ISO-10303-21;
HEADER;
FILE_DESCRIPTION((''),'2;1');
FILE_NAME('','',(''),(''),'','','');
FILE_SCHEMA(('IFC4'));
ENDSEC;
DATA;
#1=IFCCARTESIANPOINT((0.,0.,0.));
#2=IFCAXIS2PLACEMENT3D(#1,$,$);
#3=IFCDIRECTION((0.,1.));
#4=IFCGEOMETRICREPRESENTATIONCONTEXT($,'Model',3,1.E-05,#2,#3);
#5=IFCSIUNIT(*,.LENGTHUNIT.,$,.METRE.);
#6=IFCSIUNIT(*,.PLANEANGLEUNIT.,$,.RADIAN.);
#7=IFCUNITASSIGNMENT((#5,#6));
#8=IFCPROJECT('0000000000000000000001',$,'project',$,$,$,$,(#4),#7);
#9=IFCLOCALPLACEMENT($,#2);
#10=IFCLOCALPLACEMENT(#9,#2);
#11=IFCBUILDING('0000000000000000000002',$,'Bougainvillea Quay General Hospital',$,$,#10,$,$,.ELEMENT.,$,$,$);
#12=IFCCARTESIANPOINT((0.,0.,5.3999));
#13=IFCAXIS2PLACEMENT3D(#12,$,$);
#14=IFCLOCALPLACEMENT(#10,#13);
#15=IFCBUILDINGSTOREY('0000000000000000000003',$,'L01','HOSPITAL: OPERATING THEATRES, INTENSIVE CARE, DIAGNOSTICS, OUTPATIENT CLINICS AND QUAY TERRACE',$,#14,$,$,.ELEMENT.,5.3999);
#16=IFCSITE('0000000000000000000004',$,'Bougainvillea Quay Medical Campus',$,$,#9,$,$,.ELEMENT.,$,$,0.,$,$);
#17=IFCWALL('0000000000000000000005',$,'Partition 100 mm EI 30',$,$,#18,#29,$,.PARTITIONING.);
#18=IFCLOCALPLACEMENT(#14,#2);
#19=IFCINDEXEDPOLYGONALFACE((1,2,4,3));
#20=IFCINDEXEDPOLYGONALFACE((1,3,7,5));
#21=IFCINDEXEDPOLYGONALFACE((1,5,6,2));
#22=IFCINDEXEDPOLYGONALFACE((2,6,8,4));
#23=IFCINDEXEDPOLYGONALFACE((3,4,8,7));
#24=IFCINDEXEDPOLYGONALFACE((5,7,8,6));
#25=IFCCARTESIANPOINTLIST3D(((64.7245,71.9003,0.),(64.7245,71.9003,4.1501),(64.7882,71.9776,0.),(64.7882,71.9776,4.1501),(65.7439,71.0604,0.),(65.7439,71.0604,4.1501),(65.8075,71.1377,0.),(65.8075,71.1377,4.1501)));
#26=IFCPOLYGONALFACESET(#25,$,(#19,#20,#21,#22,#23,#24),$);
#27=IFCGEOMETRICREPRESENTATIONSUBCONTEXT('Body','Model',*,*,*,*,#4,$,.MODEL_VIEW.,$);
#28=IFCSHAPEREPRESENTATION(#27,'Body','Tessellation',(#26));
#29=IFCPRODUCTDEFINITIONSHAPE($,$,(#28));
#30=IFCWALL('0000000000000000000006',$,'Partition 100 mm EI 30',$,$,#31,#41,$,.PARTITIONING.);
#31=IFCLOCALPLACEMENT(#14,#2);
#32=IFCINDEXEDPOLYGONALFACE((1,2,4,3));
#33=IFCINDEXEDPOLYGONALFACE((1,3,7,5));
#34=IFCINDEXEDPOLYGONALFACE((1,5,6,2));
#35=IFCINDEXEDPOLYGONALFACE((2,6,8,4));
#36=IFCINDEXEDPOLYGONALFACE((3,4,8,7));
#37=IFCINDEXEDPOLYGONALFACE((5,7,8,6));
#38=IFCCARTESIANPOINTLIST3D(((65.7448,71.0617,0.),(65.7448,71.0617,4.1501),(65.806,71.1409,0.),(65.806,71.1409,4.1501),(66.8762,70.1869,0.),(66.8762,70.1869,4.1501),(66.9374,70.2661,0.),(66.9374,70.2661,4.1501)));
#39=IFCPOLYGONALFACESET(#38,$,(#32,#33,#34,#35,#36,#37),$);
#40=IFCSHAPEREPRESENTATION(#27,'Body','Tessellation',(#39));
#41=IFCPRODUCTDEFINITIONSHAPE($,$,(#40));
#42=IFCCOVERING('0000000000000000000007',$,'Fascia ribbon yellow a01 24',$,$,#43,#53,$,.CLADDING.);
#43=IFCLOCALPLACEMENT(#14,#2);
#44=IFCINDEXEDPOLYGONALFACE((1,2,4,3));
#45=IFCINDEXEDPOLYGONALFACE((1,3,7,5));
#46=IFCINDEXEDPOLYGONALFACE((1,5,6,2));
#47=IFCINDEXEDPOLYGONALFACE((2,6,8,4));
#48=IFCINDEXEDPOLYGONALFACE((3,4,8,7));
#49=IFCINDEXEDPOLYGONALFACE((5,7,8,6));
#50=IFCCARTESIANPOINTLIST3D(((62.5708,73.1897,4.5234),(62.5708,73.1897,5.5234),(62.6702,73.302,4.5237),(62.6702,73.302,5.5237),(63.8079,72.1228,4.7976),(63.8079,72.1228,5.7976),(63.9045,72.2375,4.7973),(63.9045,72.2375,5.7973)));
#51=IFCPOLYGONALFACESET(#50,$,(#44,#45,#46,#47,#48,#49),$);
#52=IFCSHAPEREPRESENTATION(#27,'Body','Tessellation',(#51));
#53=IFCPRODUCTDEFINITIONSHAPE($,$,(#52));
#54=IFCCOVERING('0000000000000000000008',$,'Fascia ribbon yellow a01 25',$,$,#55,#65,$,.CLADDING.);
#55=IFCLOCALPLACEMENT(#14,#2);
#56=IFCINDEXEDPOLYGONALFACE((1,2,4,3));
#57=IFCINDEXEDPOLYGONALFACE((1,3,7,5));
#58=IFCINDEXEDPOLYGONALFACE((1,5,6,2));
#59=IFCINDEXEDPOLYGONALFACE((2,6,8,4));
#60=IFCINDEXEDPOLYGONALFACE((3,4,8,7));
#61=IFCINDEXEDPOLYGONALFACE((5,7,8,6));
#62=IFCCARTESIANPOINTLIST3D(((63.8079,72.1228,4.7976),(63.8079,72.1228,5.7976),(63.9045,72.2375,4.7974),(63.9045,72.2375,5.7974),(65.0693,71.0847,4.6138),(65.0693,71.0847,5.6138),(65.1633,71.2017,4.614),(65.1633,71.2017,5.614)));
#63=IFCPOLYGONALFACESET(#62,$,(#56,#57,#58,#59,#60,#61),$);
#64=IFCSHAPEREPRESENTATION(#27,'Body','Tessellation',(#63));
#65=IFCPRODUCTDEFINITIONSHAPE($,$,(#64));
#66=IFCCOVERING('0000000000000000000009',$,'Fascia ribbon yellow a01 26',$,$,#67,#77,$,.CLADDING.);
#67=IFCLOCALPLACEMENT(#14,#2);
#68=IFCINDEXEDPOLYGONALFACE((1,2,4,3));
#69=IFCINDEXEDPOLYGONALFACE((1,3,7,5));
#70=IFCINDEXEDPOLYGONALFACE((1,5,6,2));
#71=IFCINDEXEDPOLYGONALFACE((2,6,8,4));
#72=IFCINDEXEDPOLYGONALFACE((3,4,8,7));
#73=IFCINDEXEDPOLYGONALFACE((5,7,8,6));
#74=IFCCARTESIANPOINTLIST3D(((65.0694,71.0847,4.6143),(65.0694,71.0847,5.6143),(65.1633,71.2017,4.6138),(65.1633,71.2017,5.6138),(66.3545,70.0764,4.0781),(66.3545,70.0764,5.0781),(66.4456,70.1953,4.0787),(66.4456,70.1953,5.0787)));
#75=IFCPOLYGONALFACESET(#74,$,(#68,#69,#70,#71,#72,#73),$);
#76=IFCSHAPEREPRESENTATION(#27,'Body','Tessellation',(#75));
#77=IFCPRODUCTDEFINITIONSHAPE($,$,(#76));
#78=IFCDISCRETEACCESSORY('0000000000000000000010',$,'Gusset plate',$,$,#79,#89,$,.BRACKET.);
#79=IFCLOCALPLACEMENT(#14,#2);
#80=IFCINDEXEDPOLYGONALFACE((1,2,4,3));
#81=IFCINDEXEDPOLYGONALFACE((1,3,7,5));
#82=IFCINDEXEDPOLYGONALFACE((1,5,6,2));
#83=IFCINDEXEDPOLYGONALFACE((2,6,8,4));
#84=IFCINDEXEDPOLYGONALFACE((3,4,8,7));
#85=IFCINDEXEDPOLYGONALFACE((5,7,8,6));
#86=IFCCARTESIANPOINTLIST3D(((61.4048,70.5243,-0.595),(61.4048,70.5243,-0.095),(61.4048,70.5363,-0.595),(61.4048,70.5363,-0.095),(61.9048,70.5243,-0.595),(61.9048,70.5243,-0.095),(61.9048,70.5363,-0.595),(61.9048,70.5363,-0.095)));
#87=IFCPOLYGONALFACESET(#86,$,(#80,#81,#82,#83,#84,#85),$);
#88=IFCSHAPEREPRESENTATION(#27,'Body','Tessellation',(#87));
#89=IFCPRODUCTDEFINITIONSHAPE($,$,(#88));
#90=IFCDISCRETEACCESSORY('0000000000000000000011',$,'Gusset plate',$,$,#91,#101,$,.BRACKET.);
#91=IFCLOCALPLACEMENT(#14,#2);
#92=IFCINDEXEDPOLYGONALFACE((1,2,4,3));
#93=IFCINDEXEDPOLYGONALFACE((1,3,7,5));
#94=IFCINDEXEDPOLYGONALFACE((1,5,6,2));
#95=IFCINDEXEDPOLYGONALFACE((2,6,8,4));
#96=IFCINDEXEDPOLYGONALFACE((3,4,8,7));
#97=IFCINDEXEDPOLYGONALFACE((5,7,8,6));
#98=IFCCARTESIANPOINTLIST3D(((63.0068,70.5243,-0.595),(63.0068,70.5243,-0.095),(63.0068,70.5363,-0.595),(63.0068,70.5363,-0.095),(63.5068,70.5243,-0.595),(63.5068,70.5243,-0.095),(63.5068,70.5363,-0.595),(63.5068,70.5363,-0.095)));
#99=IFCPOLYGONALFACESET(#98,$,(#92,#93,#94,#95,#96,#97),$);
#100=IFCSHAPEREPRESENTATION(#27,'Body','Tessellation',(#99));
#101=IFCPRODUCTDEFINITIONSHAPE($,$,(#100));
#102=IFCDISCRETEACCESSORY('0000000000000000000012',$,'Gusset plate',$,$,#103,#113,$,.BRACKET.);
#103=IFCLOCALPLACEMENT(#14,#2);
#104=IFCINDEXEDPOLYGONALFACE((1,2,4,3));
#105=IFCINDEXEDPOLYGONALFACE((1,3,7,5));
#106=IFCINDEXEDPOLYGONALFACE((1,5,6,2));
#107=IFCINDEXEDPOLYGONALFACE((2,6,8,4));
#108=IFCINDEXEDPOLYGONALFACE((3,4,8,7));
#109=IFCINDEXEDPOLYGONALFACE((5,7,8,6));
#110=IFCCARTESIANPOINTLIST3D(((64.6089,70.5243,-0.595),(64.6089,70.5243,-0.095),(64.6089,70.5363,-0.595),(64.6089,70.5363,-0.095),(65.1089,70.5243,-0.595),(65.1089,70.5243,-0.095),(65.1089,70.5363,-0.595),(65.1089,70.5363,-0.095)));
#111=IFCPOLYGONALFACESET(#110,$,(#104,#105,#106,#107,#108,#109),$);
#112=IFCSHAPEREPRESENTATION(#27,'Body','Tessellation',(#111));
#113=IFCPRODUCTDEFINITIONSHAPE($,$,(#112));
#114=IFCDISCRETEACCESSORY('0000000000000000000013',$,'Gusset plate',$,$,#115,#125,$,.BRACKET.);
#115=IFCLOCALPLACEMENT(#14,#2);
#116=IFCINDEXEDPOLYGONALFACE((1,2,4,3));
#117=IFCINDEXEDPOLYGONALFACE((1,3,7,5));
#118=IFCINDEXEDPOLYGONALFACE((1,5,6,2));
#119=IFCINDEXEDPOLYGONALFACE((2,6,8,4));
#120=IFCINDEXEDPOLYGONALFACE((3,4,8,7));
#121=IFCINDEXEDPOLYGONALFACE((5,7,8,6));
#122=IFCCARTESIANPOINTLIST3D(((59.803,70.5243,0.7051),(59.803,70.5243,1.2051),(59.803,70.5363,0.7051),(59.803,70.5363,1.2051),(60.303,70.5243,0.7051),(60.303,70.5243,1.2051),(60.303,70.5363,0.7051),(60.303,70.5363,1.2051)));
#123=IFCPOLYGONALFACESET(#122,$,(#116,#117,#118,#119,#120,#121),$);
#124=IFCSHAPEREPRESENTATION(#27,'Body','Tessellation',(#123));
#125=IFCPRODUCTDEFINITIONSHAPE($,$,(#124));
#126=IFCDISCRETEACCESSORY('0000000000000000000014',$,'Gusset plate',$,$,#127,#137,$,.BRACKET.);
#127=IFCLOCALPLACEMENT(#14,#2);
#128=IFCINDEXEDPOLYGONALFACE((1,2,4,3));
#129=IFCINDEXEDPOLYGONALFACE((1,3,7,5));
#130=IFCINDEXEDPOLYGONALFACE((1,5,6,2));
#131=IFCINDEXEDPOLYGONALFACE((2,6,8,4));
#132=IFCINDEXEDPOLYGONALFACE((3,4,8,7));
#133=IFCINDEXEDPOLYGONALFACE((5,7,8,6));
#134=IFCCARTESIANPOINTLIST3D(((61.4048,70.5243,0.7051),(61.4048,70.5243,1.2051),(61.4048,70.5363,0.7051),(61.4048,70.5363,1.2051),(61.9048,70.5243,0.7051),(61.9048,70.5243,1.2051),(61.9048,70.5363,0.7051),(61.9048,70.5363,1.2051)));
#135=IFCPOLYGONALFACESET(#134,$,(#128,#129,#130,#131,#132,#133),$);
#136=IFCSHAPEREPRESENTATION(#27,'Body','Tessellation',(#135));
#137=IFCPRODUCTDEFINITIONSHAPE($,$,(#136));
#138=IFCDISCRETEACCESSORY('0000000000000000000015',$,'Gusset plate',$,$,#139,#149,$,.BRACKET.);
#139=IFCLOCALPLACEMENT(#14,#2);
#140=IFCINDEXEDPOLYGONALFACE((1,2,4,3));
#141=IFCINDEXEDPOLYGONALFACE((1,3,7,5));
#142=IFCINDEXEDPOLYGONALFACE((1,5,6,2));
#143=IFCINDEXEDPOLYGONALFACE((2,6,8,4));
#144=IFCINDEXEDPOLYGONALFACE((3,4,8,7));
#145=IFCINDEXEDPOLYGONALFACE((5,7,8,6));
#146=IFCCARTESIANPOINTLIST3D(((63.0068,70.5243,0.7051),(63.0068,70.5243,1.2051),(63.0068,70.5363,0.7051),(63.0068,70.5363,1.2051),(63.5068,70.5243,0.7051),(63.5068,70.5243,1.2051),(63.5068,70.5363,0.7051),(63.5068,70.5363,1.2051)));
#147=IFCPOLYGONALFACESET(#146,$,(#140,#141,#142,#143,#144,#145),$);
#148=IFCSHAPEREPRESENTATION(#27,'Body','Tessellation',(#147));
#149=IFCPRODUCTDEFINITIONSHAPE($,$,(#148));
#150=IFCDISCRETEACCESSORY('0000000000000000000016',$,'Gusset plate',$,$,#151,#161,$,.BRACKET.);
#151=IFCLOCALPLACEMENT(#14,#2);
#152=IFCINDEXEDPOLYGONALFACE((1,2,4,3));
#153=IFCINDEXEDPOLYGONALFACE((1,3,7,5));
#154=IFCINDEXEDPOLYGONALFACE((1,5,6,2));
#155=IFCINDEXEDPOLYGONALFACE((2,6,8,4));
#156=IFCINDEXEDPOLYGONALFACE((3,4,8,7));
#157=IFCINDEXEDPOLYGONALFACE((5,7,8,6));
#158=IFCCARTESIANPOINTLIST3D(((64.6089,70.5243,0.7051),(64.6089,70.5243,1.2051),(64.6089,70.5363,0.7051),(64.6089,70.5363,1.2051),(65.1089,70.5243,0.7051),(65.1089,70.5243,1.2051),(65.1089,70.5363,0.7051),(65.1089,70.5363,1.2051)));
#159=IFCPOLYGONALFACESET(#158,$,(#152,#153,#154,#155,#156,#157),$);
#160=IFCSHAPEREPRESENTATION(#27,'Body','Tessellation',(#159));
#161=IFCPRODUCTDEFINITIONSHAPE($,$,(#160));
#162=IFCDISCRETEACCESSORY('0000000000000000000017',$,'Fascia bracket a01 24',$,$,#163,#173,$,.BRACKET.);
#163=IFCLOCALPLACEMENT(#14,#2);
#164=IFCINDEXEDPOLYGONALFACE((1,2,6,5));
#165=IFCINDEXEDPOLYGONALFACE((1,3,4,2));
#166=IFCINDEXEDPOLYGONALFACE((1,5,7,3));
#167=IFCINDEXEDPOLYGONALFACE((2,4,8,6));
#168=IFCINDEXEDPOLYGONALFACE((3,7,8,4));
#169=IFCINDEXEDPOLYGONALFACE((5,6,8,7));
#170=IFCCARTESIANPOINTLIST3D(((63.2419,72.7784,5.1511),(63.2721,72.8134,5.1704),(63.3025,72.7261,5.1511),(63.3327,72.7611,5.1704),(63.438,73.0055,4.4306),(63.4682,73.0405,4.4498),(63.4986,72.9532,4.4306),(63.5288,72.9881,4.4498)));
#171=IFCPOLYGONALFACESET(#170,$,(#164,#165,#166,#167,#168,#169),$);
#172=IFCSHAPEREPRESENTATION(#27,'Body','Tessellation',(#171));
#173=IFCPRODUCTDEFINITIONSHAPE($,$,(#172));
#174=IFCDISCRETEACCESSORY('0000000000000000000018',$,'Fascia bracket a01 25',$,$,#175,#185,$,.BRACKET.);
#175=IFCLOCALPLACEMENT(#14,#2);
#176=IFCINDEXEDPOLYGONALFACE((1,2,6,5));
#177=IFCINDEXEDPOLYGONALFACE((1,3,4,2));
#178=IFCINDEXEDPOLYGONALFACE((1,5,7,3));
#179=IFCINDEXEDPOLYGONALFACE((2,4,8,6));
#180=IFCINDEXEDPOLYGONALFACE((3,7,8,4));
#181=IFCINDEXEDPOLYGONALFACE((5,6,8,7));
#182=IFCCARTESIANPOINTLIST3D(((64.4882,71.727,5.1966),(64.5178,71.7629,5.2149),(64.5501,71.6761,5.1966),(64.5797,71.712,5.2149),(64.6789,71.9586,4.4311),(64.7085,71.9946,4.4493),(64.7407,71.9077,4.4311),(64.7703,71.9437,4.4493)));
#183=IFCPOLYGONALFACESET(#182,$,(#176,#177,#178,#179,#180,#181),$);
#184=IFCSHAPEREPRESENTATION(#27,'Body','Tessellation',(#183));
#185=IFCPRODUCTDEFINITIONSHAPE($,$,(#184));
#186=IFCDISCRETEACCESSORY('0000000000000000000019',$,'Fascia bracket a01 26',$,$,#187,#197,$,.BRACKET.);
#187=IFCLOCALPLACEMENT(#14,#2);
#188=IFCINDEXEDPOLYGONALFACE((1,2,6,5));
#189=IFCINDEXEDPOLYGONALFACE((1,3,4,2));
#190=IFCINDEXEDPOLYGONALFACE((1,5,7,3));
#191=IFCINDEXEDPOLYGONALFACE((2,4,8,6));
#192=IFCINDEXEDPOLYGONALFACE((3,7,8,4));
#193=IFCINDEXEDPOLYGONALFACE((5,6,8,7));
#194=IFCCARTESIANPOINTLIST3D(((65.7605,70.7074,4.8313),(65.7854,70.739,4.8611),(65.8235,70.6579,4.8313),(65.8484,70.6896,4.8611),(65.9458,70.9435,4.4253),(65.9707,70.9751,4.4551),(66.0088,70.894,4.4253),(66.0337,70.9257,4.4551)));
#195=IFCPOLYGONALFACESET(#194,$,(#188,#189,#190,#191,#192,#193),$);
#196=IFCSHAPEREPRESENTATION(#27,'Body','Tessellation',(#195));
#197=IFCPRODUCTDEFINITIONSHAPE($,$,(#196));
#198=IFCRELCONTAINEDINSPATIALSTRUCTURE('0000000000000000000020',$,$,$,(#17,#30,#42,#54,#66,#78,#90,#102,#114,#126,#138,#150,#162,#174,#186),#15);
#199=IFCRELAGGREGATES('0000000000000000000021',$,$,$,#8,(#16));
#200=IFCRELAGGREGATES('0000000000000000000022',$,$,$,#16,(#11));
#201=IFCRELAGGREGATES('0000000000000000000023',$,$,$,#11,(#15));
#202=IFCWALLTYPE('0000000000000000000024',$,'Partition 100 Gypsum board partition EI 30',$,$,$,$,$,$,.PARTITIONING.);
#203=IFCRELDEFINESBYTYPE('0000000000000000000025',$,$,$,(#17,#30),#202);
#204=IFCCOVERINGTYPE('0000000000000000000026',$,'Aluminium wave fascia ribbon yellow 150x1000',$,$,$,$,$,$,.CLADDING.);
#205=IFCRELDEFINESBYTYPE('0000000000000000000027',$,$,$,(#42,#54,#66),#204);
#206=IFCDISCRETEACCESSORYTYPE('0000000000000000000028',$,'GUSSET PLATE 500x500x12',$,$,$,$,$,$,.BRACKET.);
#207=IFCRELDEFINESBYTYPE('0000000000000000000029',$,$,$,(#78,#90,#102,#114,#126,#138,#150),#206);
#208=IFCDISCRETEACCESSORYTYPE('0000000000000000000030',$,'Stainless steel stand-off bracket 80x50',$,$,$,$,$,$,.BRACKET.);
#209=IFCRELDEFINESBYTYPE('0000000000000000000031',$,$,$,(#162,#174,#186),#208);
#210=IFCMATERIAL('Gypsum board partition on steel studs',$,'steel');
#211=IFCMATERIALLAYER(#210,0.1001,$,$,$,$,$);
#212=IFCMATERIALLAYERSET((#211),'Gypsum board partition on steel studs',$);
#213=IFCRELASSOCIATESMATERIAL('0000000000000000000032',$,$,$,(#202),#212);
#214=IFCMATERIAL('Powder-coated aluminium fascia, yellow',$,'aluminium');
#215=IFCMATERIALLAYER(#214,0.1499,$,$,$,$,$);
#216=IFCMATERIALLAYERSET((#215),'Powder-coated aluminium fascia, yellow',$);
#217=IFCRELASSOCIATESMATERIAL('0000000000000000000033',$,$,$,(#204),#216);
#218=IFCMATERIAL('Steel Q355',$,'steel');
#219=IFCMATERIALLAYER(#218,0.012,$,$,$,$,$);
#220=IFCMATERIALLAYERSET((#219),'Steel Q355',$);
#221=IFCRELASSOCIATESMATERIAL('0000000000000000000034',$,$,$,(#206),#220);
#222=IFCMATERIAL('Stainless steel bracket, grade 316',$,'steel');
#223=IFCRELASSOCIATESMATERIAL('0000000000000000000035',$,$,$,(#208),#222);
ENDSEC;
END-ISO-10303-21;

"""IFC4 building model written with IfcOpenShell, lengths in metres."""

from ifc_helpers import new_model, si_unit, direction, frame, frame_2d, origin, origin_2d, place, context, subcontext, project, spatial, polyline, rectangle, outline, extrude, material, layer, layer_set, material_profile, profile_set, type_object, element, save


model = new_model("IFC4")

# Units and contexts
model_context = context("Model", 3, precision=1e-05, world=origin(), true_north=direction((0.0, 1.0)))
body_context = subcontext(model_context, "Body", "Model", "MODEL_VIEW")
ifc_project = project(units=[si_unit("LENGTHUNIT", "METRE"), si_unit("PLANEANGLEUNIT", "RADIAN")], contexts=[model_context])

# Site, building, storey
site_placement = place(None, origin())
site = spatial("IfcSite", under=ifc_project, at=site_placement, Name="Bougainvillea Quay Medical Campus", CompositionType="ELEMENT", RefElevation=0.0)
building_placement = place(site_placement, origin())
building = spatial("IfcBuilding", under=site, at=building_placement, Name="Bougainvillea Quay General Hospital", CompositionType="ELEMENT")
storey_placement = place(building_placement, frame((0.0, 0.0, 5.3999)))
storey = spatial("IfcBuildingStorey", under=building, at=storey_placement, Name="L01", Description="HOSPITAL: OPERATING THEATRES, INTENSIVE CARE, DIAGNOSTICS, OUTPATIENT CLINICS AND QUAY TERRACE", CompositionType="ELEMENT", Elevation=5.3999)

# Shared definitions
ifc_material_1 = material(Name="Steel Q355", Category="steel")

# Walls
ifc_material_2 = material(Name="Gypsum board partition on steel studs", Category="steel")
ifc_layer_1 = layer(ifc_material_2, 0.1001)
ifc_layer_set_1 = layer_set([ifc_layer_1], Name="Gypsum board partition on steel studs")
wall_type = type_object("IfcWallType", Name="Partition 100 Gypsum board partition EI 30", PredefinedType="PARTITIONING", material=ifc_layer_set_1)
wall_1_placement = place(storey_placement, frame((64.7563, 71.939, 0.0), z_axis=(0.0, 0.0, 1.0), x_axis=(0.77177, -0.635902, 0.0)))
element("IfcWall", 1, at=wall_1_placement, inside=storey, type_object=wall_type, Name="Partition 100 mm EI 30", PredefinedType="PARTITIONING", context=body_context, shape_type="SweptSolid", body=[
    extrude(rectangle(XDim=1.3208, YDim=0.1001, at=frame_2d((0.6604, 0.0))), origin(), (0.0, 0.0, 1.0), 4.1501),
])
wall_2_placement = place(storey_placement, frame((65.7754, 71.1013, 0.0), z_axis=(0.0, 0.0, 1.0), x_axis=(0.791105, -0.611681, 0.0)))
element("IfcWall", 2, at=wall_2_placement, inside=storey, type_object=wall_type, Name="Partition 100 mm EI 30", PredefinedType="PARTITIONING", context=body_context, shape_type="SweptSolid", body=[
    extrude(rectangle(XDim=1.4302, YDim=0.1001, at=frame_2d((0.7151, 0.0))), origin(), (0.0, 0.0, 1.0), 4.1501),
])

# Coverings
ifc_material_3 = material(Name="Powder-coated aluminium fascia, yellow", Category="aluminium")
ifc_layer_2 = layer(ifc_material_3, 0.1499)
ifc_layer_set_2 = layer_set([ifc_layer_2], Name="Powder-coated aluminium fascia, yellow")
covering_type = type_object("IfcCoveringType", Name="Aluminium wave fascia ribbon yellow 150x1000", PredefinedType="CLADDING", material=ifc_layer_set_2)
covering_1_placement = place(storey_placement, frame((62.6702, 73.302, 4.5237), z_axis=(-0.125307, 0.108196, 0.986201), x_axis=(0.746857, -0.644046, 0.165554)))
element("IfcCovering", 3, at=covering_1_placement, inside=storey, type_object=covering_type, Name="Fascia ribbon yellow a01 24", PredefinedType="CLADDING", context=body_context, shape_type="SweptSolid", body=[
    extrude(outline(polyline([(0.0, 0.0), (1.6528, 0.0), (1.6545, -0.15), (-0.0019, -0.1499), (0.0, 0.0)])), origin(), (0.165554, -0.000103, 0.986201), 1.0),
])
covering_2_placement = place(storey_placement, frame((63.9045, 72.2375, 4.7974), z_axis=(0.086321, -0.07104, 0.993731), x_axis=(0.767319, -0.631446, -0.111794)))
element("IfcCovering", 4, at=covering_2_placement, inside=storey, type_object=covering_type, Name="Fascia ribbon yellow a01 25", PredefinedType="CLADDING", context=body_context, shape_type="SweptSolid", body=[
    extrude(outline(polyline([(0.0, 0.0), (1.6405, 0.0), (1.6422, -0.15), (-0.0018, -0.15), (0.0, 0.0)])), origin(), (-0.111794, 0.000003, 0.993731), 1.0),
])
covering_3_placement = place(storey_placement, frame((65.1633, 71.2017, 4.6138), z_axis=(0.24537, -0.192536, 0.950118), x_axis=(0.747411, -0.586601, -0.311892)))
element("IfcCovering", 5, at=covering_3_placement, inside=storey, type_object=covering_type, Name="Fascia ribbon yellow a01 26", PredefinedType="CLADDING", context=body_context, shape_type="SweptSolid", body=[
    extrude(outline(polyline([(0.0, 0.0), (1.7156, 0.0), (1.7174, -0.1498), (-0.0018, -0.15), (0.0, 0.0)])), origin(), (-0.311892, -0.00003, 0.950118), 1.0),
])

# Discrete accessories
ifc_layer_3 = layer(ifc_material_1, 0.012)
ifc_layer_set_3 = layer_set([ifc_layer_3], Name="Steel Q355")
discrete_accessory_type_1 = type_object("IfcDiscreteAccessoryType", Name="GUSSET PLATE 500x500x12", PredefinedType="BRACKET", material=ifc_layer_set_3)
for number, where, z_axis, x_axis, name in (
    (6, (61.6548, 70.5303, -0.595), (0.0, 0.0, 1.0), (1.0, 0.0, 0.0), "Gusset plate"),
    (7, (63.2568, 70.5303, -0.595), (0.0, 0.0, 1.0), (1.0, 0.0, 0.0), "Gusset plate"),
    (8, (64.8589, 70.5303, -0.595), (0.0, 0.0, 1.0), (1.0, 0.0, 0.0), "Gusset plate"),
    (9, (60.053, 70.5303, 0.7051), (0.0, 0.0, 1.0), (1.0, 0.0, 0.0), "Gusset plate"),
    (10, (61.6548, 70.5303, 0.7051), (0.0, 0.0, 1.0), (1.0, 0.0, 0.0), "Gusset plate"),
    (11, (63.2568, 70.5303, 0.7051), (0.0, 0.0, 1.0), (1.0, 0.0, 0.0), "Gusset plate"),
    (12, (64.8589, 70.5303, 0.7051), (0.0, 0.0, 1.0), (1.0, 0.0, 0.0), "Gusset plate"),
):
    element("IfcDiscreteAccessory", number, at=place(storey_placement, frame(where, z_axis=z_axis, x_axis=x_axis)), inside=storey, type_object=discrete_accessory_type_1, Name=name, PredefinedType="BRACKET", context=body_context, shape_type="SweptSolid", body=[
        extrude(rectangle(XDim=0.5, YDim=0.012, at=origin_2d()), origin(), (0.0, 0.0, 1.0), 0.5),
    ])
ifc_material_4 = material(Name="Stainless steel bracket, grade 316", Category="steel")
ifc_material_profile_1 = material_profile(ifc_material_4, rectangle(XDim=0.0801, YDim=0.05, at=origin_2d()))
ifc_profile_set_1 = profile_set([ifc_material_profile_1], Name="Stainless steel bracket, grade 316")
discrete_accessory_type_2 = type_object("IfcDiscreteAccessoryType", Name="Stainless steel stand-off bracket 80x50", PredefinedType="BRACKET", material=ifc_profile_set_1)
discrete_accessory_1_placement = place(storey_placement, frame((63.4834, 72.9968, 4.4402), z_axis=(-0.251206, -0.290936, 0.923175), x_axis=(0.756896, -0.653535, 0.0)))
element("IfcDiscreteAccessory", 13, at=discrete_accessory_1_placement, inside=storey, type_object=discrete_accessory_type_2, Name="Fascia bracket a01 24", PredefinedType="BRACKET", context=body_context, shape_type="SweptSolid", body=[
    extrude(rectangle(XDim=0.0801, YDim=0.05, at=origin_2d()), origin(), (0.0, 0.0, 1.0), 0.7805),
])
discrete_accessory_2_placement = place(storey_placement, frame((64.7246, 71.9512, 4.4402), z_axis=(-0.231872, -0.281749, 0.931049), x_axis=(0.772142, -0.635451, 0.0)))
element("IfcDiscreteAccessory", 14, at=discrete_accessory_2_placement, inside=storey, type_object=discrete_accessory_type_2, Name="Fascia bracket a01 25", PredefinedType="BRACKET", context=body_context, shape_type="SweptSolid", body=[
    extrude(rectangle(XDim=0.0801, YDim=0.05, at=origin_2d()), origin(), (0.0, 0.0, 1.0), 0.8223),
])
discrete_accessory_3_placement = place(storey_placement, frame((65.9897, 70.9346, 4.4402), z_axis=(-0.367016, -0.467595, 0.804148), x_axis=(0.786629, -0.617426, 0.0)))
element("IfcDiscreteAccessory", 15, at=discrete_accessory_3_placement, inside=storey, type_object=discrete_accessory_type_2, Name="Fascia bracket a01 26", PredefinedType="BRACKET", context=body_context, shape_type="SweptSolid", body=[
    extrude(rectangle(XDim=0.0801, YDim=0.05, at=origin_2d()), origin(), (0.0, 0.0, 1.0), 0.5049),
])

save(model, "model.ifc")
